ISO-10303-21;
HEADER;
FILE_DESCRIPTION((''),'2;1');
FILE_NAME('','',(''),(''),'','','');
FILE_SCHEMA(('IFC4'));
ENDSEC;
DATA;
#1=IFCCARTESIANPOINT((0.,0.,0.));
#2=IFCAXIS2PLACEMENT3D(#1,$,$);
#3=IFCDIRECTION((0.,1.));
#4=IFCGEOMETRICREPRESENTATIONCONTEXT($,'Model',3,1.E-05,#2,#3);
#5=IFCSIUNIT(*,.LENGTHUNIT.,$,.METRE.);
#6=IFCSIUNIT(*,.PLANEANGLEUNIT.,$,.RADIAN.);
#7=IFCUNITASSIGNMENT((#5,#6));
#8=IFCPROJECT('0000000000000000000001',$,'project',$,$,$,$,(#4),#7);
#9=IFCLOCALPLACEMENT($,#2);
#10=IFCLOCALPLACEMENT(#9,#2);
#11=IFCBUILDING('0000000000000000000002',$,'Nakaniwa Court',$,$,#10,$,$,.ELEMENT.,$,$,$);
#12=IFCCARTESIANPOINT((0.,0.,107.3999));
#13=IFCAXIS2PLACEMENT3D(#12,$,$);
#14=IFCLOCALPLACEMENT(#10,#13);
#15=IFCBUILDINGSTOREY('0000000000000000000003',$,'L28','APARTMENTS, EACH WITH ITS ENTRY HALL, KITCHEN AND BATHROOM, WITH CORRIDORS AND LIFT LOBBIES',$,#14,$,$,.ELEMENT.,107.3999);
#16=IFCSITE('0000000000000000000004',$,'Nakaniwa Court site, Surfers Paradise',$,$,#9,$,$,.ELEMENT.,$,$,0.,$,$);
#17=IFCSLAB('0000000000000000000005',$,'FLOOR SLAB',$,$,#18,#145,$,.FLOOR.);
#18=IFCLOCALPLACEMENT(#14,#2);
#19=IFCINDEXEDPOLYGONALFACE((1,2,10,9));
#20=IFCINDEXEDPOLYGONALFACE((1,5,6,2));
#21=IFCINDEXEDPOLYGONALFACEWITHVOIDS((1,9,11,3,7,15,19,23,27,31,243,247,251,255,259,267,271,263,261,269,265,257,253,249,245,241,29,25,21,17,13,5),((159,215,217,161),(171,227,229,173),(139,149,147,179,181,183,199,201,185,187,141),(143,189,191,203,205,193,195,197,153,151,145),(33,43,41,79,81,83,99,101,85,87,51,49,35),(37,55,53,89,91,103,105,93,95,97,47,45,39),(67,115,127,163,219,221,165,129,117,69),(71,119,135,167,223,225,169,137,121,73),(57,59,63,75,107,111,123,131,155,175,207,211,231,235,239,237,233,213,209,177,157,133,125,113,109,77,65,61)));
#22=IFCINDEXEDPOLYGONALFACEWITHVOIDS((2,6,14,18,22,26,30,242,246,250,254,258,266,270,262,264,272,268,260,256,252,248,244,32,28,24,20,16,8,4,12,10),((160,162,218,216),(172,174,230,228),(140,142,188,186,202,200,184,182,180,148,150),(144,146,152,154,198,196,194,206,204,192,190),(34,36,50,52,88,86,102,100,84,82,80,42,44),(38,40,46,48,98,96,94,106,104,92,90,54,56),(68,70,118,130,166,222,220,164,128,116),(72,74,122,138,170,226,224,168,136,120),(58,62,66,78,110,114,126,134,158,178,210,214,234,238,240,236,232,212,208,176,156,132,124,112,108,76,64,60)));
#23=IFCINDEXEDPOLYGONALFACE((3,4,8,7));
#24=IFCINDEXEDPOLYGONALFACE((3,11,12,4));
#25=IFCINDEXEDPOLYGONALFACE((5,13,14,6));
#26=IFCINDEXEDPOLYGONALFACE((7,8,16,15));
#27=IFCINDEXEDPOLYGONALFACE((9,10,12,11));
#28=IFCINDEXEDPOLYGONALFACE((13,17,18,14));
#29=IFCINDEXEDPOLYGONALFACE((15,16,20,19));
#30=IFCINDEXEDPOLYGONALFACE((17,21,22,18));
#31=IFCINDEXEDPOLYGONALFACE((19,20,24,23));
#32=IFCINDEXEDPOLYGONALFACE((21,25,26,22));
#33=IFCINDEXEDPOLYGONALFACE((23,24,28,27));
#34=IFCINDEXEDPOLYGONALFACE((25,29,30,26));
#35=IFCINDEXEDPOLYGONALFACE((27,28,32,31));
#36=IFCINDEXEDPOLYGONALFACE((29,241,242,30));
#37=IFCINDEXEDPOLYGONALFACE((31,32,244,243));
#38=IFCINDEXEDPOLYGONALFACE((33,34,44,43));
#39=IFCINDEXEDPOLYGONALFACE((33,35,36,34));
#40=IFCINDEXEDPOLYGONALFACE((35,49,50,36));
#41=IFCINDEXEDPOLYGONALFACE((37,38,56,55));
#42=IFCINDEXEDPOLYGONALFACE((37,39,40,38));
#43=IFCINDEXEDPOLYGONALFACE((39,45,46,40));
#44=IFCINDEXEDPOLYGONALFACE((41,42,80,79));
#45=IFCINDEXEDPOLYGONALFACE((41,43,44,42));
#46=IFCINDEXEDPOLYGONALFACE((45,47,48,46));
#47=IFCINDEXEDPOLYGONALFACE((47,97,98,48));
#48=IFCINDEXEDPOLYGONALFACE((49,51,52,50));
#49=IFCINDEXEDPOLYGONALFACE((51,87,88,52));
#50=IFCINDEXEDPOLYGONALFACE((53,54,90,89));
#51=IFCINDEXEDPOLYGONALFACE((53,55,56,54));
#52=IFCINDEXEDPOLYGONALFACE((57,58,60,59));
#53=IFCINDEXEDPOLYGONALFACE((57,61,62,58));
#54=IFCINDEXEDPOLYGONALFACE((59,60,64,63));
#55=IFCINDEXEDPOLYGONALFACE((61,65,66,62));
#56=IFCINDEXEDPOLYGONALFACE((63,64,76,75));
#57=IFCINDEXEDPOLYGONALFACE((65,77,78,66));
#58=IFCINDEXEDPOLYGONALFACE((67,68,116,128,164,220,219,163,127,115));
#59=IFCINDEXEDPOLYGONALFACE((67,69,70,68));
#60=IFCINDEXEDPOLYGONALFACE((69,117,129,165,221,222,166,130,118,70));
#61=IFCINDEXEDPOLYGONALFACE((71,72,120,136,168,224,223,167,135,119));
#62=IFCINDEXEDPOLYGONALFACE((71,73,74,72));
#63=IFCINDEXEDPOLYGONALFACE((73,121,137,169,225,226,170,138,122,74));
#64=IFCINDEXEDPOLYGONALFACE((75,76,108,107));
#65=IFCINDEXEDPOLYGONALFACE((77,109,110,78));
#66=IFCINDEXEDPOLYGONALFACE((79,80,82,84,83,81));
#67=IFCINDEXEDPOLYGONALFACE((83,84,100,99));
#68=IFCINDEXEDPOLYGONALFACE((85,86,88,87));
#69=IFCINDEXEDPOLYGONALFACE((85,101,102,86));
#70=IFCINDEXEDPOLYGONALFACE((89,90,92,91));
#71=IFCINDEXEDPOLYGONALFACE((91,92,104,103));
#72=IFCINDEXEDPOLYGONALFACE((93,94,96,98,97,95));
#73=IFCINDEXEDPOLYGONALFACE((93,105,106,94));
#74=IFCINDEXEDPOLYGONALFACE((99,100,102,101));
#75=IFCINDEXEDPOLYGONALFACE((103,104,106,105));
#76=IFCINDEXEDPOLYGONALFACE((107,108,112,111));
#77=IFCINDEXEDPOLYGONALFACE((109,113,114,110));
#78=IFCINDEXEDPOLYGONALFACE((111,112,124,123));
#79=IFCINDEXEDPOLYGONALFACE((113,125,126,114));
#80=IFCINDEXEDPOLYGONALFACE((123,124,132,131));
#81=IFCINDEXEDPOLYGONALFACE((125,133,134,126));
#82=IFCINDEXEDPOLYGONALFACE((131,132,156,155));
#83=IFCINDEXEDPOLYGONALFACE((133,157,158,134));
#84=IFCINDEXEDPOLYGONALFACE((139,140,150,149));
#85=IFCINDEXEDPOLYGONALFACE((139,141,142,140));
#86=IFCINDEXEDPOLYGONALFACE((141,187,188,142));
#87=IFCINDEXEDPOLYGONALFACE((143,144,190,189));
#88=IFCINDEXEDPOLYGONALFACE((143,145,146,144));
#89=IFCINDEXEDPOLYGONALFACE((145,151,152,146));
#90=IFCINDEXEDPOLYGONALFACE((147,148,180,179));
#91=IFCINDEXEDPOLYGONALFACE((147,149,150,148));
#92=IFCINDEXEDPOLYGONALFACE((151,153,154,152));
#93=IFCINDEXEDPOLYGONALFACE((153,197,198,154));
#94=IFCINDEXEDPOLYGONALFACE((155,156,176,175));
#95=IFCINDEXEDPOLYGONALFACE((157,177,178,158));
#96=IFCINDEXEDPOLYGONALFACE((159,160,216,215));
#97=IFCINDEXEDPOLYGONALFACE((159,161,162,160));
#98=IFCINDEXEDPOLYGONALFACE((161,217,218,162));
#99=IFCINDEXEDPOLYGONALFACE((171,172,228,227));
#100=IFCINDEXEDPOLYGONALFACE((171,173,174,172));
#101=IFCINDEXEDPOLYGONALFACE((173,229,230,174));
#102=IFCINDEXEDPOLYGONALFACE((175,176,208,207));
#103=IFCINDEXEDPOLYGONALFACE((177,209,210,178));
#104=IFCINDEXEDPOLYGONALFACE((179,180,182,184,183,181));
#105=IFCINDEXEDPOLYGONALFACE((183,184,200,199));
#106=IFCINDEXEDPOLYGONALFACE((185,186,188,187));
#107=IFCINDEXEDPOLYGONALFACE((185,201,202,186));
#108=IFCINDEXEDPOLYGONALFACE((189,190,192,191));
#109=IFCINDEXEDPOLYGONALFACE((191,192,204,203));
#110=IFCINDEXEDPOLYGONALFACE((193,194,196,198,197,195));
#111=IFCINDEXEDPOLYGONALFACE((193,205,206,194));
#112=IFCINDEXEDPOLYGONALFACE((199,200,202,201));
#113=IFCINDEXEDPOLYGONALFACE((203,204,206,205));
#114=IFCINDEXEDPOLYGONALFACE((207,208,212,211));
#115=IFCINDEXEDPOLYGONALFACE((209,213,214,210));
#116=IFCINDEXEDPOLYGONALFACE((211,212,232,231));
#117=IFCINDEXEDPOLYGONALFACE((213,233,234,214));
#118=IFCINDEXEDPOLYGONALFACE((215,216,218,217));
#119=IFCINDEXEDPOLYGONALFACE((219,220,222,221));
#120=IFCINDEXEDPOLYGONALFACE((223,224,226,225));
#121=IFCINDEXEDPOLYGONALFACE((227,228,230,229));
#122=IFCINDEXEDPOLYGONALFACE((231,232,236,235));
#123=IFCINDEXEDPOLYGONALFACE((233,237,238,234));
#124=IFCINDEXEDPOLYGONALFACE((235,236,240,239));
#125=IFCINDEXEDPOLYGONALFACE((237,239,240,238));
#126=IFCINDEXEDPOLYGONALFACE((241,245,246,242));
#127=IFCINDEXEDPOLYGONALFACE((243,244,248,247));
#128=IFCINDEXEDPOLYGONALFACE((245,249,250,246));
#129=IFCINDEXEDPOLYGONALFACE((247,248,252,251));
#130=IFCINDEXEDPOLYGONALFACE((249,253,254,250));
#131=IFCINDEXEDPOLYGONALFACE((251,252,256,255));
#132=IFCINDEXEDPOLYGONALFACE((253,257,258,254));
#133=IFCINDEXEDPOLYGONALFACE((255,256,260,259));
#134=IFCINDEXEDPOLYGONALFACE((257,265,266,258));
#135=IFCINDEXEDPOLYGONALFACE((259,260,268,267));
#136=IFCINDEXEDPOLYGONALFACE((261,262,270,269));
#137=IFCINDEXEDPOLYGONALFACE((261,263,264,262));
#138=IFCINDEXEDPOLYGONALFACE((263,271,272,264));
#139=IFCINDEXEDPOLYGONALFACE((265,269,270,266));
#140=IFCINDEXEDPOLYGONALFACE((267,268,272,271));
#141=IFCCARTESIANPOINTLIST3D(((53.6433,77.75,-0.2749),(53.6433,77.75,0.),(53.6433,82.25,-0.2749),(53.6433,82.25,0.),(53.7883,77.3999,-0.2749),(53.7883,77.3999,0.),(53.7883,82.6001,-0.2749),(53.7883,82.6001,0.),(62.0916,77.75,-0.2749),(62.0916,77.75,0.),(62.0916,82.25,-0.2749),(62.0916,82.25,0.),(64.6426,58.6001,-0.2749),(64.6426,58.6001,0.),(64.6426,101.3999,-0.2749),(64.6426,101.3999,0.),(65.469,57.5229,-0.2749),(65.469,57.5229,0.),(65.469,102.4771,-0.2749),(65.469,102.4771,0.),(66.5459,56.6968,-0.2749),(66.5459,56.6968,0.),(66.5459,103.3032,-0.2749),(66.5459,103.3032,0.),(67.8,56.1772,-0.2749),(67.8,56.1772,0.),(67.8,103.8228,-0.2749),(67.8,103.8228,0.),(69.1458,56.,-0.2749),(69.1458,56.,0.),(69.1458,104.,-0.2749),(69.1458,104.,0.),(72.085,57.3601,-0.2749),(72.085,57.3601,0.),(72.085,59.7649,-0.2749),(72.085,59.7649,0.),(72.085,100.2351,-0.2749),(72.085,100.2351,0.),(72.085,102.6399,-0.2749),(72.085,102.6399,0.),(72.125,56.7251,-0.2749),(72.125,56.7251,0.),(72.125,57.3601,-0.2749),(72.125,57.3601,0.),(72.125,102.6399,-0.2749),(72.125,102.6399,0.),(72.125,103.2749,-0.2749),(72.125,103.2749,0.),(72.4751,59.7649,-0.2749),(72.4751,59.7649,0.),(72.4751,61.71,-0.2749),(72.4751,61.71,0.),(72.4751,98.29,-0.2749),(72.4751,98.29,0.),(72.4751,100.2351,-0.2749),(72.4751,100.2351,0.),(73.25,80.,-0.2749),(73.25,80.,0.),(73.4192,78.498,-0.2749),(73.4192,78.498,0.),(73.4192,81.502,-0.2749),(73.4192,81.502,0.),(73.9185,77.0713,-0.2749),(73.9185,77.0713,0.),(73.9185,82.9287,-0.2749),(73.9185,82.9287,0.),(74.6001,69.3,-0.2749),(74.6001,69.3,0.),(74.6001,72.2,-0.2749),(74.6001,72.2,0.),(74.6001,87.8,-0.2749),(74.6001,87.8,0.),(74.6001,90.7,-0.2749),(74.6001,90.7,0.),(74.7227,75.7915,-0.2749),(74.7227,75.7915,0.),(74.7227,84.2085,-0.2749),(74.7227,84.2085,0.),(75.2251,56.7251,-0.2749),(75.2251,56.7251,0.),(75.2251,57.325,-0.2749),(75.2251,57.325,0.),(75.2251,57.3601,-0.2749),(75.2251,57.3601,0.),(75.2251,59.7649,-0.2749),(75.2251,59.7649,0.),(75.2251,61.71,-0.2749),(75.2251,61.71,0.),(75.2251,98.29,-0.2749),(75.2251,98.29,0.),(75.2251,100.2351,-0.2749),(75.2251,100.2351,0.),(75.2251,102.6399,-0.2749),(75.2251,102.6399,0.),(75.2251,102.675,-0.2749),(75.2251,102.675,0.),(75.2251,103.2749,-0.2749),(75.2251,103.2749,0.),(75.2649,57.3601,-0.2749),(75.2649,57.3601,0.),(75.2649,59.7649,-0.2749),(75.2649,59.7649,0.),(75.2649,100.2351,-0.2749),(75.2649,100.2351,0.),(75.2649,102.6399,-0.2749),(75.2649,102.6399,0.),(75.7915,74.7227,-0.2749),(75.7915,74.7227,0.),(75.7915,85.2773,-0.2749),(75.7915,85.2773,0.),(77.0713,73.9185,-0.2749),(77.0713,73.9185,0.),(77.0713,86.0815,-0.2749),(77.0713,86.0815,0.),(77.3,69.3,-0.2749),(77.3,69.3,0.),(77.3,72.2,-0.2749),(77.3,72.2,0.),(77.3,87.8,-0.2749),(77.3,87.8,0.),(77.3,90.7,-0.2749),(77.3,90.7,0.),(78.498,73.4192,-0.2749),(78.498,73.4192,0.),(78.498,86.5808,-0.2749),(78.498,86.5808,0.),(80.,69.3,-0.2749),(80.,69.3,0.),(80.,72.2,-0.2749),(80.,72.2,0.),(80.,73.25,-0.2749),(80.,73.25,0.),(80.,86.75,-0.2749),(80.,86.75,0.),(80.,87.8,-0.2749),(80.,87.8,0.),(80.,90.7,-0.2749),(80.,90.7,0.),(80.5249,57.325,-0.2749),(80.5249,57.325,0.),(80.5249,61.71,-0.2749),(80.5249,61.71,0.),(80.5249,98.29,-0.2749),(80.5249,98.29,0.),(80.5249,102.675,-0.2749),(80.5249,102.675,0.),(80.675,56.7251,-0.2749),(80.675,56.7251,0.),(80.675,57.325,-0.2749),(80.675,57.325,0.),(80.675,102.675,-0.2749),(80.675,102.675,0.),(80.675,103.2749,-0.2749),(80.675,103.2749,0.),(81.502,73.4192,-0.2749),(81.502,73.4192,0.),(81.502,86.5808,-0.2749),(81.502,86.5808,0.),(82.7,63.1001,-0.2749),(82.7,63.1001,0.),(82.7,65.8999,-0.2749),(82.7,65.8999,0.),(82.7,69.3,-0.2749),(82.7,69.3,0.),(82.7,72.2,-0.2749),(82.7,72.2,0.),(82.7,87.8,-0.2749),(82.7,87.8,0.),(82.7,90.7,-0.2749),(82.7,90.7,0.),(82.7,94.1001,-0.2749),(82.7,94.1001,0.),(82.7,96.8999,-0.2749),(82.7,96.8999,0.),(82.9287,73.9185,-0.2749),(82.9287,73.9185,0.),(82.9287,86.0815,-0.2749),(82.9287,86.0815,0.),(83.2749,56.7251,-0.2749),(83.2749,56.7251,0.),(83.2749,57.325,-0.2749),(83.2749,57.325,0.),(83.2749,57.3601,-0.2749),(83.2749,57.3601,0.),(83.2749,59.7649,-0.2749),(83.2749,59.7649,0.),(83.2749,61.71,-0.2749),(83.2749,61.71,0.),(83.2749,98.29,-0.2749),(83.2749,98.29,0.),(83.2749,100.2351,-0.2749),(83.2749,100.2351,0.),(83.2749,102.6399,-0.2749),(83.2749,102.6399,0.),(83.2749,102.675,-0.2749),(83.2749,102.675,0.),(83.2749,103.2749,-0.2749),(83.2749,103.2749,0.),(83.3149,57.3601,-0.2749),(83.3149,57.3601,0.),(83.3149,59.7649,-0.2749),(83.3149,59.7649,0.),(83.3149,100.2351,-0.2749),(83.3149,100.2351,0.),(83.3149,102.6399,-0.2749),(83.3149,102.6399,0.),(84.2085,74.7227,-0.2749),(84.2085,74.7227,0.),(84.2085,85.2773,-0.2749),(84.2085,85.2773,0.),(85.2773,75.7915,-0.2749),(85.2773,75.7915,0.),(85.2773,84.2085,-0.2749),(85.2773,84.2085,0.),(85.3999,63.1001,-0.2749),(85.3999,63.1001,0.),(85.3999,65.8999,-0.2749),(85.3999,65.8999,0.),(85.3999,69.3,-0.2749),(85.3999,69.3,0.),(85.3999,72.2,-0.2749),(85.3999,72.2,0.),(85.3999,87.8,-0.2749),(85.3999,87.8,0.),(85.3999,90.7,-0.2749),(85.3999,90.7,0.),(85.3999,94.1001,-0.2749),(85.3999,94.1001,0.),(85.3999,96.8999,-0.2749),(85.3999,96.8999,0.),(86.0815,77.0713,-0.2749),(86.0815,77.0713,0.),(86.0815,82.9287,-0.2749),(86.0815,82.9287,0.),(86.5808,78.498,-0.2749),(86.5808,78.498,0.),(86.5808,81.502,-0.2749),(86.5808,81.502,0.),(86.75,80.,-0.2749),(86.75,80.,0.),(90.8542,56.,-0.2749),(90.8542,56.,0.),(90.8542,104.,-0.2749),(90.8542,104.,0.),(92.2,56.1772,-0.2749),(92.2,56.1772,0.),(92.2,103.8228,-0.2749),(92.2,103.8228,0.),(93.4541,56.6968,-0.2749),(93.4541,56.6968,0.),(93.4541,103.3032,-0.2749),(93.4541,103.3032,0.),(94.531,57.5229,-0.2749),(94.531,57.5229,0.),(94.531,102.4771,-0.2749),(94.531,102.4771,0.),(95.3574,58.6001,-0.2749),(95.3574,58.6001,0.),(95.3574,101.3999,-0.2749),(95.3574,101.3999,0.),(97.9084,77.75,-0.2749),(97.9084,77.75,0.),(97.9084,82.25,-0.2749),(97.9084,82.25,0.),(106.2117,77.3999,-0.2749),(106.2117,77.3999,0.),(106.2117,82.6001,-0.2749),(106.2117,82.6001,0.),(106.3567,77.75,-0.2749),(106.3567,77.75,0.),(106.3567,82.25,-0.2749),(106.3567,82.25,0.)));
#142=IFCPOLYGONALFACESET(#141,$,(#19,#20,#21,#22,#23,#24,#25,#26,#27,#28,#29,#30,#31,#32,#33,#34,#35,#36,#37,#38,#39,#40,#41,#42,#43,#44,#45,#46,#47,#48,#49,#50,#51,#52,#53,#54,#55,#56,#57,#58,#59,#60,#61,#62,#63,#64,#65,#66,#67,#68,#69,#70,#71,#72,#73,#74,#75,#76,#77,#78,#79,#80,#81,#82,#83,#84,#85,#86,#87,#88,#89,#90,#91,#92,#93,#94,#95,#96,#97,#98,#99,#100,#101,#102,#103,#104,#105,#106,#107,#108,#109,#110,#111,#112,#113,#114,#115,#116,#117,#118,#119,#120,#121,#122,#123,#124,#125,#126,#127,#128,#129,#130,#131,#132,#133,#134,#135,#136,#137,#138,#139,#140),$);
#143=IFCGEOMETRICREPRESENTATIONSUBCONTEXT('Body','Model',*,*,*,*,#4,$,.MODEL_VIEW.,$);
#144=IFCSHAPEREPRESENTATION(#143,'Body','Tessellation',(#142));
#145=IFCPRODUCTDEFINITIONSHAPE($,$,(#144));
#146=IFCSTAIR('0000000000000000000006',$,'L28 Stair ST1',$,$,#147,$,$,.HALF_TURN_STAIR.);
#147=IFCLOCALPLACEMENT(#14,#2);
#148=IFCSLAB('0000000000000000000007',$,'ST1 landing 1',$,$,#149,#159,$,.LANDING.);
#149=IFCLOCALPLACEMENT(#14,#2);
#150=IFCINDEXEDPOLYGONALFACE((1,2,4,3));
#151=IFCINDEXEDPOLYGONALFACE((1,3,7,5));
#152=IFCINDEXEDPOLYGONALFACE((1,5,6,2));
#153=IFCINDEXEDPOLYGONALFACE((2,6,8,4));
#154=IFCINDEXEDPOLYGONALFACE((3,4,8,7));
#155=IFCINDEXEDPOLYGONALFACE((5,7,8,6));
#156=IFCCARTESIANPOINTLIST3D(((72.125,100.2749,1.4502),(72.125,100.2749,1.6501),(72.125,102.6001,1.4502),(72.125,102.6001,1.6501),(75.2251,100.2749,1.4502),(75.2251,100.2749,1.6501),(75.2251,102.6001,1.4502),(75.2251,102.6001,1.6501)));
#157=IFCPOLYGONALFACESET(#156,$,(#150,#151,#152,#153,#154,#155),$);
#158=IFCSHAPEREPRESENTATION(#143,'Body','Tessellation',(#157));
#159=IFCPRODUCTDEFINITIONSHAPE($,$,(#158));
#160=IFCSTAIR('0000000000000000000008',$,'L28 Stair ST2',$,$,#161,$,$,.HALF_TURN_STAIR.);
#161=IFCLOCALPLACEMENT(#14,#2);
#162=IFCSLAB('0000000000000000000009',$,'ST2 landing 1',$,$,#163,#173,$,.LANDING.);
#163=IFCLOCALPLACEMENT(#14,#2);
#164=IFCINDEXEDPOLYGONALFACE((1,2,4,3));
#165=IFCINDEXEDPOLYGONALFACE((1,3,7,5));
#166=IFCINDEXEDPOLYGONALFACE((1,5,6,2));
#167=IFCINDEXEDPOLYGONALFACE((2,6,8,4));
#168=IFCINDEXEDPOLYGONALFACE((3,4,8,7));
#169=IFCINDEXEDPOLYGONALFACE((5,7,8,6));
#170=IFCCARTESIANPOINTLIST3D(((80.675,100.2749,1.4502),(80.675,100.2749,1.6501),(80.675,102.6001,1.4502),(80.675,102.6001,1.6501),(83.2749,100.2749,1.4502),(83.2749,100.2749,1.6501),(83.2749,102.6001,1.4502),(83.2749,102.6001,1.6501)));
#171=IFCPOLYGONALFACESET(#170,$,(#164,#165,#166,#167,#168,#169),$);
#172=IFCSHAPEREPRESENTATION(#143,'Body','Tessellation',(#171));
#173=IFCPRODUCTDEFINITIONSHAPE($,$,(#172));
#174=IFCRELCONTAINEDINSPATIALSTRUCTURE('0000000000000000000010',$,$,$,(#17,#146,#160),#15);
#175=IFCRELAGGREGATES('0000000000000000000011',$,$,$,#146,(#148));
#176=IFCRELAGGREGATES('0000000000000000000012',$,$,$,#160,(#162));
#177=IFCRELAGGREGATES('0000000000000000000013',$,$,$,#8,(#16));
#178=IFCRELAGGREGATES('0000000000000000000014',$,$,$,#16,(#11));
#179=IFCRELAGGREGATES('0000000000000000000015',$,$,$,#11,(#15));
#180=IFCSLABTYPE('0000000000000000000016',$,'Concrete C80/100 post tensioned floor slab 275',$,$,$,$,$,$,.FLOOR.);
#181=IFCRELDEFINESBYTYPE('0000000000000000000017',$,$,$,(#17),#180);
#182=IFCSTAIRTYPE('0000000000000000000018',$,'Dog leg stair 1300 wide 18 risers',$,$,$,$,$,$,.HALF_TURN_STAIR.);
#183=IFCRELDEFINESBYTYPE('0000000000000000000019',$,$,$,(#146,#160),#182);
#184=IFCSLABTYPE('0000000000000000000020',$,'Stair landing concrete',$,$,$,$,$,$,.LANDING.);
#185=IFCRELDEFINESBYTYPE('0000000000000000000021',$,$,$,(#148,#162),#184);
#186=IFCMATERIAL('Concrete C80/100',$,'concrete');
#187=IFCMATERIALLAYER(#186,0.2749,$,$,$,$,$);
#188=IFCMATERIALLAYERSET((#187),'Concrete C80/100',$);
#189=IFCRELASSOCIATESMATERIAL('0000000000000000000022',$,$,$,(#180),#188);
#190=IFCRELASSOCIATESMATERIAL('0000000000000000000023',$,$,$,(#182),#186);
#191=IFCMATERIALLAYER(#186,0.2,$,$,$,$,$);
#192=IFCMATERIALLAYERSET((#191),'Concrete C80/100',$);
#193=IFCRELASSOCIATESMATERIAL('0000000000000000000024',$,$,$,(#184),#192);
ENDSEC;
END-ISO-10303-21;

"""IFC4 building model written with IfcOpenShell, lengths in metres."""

from ifc_helpers import new_model, si_unit, direction, frame, origin, place, context, subcontext, project, spatial, polyline, outline, extrude, material, layer, layer_set, type_object, element, aggregate, save


model = new_model("IFC4")

# Units and contexts
model_context = context("Model", 3, precision=1e-05, world=origin(), true_north=direction((0.0, 1.0)))
body_context = subcontext(model_context, "Body", "Model", "MODEL_VIEW")
ifc_project = project(units=[si_unit("LENGTHUNIT", "METRE"), si_unit("PLANEANGLEUNIT", "RADIAN")], contexts=[model_context])

# Site, building, storey
site_placement = place(None, origin())
site = spatial("IfcSite", under=ifc_project, at=site_placement, Name="Nakaniwa Court site, Surfers Paradise", CompositionType="ELEMENT", RefElevation=0.0)
building_placement = place(site_placement, origin())
building = spatial("IfcBuilding", under=site, at=building_placement, Name="Nakaniwa Court", CompositionType="ELEMENT")
storey_placement = place(building_placement, frame((0.0, 0.0, 107.3999)))
storey = spatial("IfcBuildingStorey", under=building, at=storey_placement, Name="L28", Description="APARTMENTS, EACH WITH ITS ENTRY HALL, KITCHEN AND BATHROOM, WITH CORRIDORS AND LIFT LOBBIES", CompositionType="ELEMENT", Elevation=107.3999)

# Shared definitions
ifc_material_1 = material(Name="Concrete C80/100", Category="concrete")

# Slab
ifc_layer_1 = layer(ifc_material_1, 0.2749)
ifc_layer_set_1 = layer_set([ifc_layer_1], Name="Concrete C80/100")
slab_type_1 = type_object("IfcSlabType", Name="Concrete C80/100 post tensioned floor slab 275", PredefinedType="FLOOR", material=ifc_layer_set_1)
slab_1_placement = place(storey_placement, frame((0.0, 0.0, -0.2749)))
element("IfcSlab", 1, at=slab_1_placement, inside=storey, type_object=slab_type_1, Name="FLOOR SLAB", PredefinedType="FLOOR", context=body_context, shape_type="SweptSolid", body=[
    extrude(outline(polyline([(97.9084, 82.25), (106.3567, 82.25), (106.2117, 82.6001), (95.3574, 101.3999), (94.531, 102.4771), (93.4541, 103.3032), (92.2, 103.8228), (90.8542, 104.0), (69.1458, 104.0), (67.8, 103.8228), (66.5459, 103.3032), (65.469, 102.4771), (64.6426, 101.3999), (53.7883, 82.6001), (53.6433, 82.25), (62.0916, 82.25), (62.0916, 77.75), (53.6433, 77.75), (53.7883, 77.3999), (64.6426, 58.6001), (65.469, 57.5229), (66.5459, 56.6968), (67.8, 56.1772), (69.1458, 56.0), (90.8542, 56.0), (92.2, 56.1772), (93.4541, 56.6968), (94.531, 57.5229), (95.3574, 58.6001), (106.2117, 77.3999), (106.3567, 77.75), (97.9084, 77.75), (97.9084, 82.25)]), holes=[polyline([(81.502, 86.5808), (80.0, 86.75), (78.498, 86.5808), (77.0713, 86.0815), (75.7915, 85.2773), (74.7227, 84.2085), (73.9185, 82.9287), (73.4192, 81.502), (73.25, 80.0), (73.4192, 78.498), (73.9185, 77.0713), (74.7227, 75.7915), (75.7915, 74.7227), (77.0713, 73.9185), (78.498, 73.4192), (80.0, 73.25), (81.502, 73.4192), (82.9287, 73.9185), (84.2085, 74.7227), (85.2773, 75.7915), (86.0815, 77.0713), (86.5808, 78.498), (86.75, 80.0), (86.5808, 81.502), (86.0815, 82.9287), (85.2773, 84.2085), (84.2085, 85.2773), (82.9287, 86.0815), (81.502, 86.5808)]), polyline([(75.2649, 57.3601), (75.2649, 59.7649), (75.2251, 59.7649), (75.2251, 61.71), (72.4751, 61.71), (72.4751, 59.7649), (72.085, 59.7649), (72.085, 57.3601), (72.125, 57.3601), (72.125, 56.7251), (75.2251, 56.7251), (75.2251, 57.325), (75.2251, 57.3601), (75.2649, 57.3601)]), polyline([(80.0, 69.3), (82.7, 69.3), (85.3999, 69.3), (85.3999, 72.2), (82.7, 72.2), (80.0, 72.2), (77.3, 72.2), (74.6001, 72.2), (74.6001, 69.3), (77.3, 69.3), (80.0, 69.3)]), polyline([(80.0, 87.8), (82.7, 87.8), (85.3999, 87.8), (85.3999, 90.7), (82.7, 90.7), (80.0, 90.7), (77.3, 90.7), (74.6001, 90.7), (74.6001, 87.8), (77.3, 87.8), (80.0, 87.8)]), polyline([(75.2649, 100.2351), (75.2649, 102.6399), (75.2251, 102.6399), (75.2251, 102.675), (75.2251, 103.2749), (72.125, 103.2749), (72.125, 102.6399), (72.085, 102.6399), (72.085, 100.2351), (72.4751, 100.2351), (72.4751, 98.29), (75.2251, 98.29), (75.2251, 100.2351), (75.2649, 100.2351)]), polyline([(83.2749, 61.71), (80.5249, 61.71), (80.5249, 57.325), (80.675, 57.325), (80.675, 56.7251), (83.2749, 56.7251), (83.2749, 57.325), (83.2749, 57.3601), (83.3149, 57.3601), (83.3149, 59.7649), (83.2749, 59.7649), (83.2749, 61.71)]), polyline([(85.3999, 65.8999), (82.7, 65.8999), (82.7, 63.1001), (85.3999, 63.1001), (85.3999, 65.8999)]), polyline([(85.3999, 96.8999), (82.7, 96.8999), (82.7, 94.1001), (85.3999, 94.1001), (85.3999, 96.8999)]), polyline([(83.2749, 100.2351), (83.3149, 100.2351), (83.3149, 102.6399), (83.2749, 102.6399), (83.2749, 102.675), (83.2749, 103.2749), (80.675, 103.2749), (80.675, 102.675), (80.5249, 102.675), (80.5249, 98.29), (83.2749, 98.29), (83.2749, 100.2351)])]), origin(), (0.0, 0.0, 1.0), 0.2749),
])

# Stairs, slabs
stair_type = type_object("IfcStairType", Name="Dog leg stair 1300 wide 18 risers", PredefinedType="HALF_TURN_STAIR", material=ifc_material_1)
stair_1_placement = place(storey_placement, origin())
stair_1 = element("IfcStair", 2, at=stair_1_placement, inside=storey, type_object=stair_type, Name="L28 Stair ST1", PredefinedType="HALF_TURN_STAIR")
ifc_layer_2 = layer(ifc_material_1, 0.2)
ifc_layer_set_2 = layer_set([ifc_layer_2], Name="Concrete C80/100")
slab_type_2 = type_object("IfcSlabType", Name="Stair landing concrete", PredefinedType="LANDING", material=ifc_layer_set_2)
slab_2_placement = place(storey_placement, frame((0.0, 0.0, 1.4502)))
slab_2 = element("IfcSlab", 3, at=slab_2_placement, type_object=slab_type_2, Name="ST1 landing 1", PredefinedType="LANDING", context=body_context, shape_type="SweptSolid", body=[
    extrude(outline(polyline([(75.2251, 100.2749), (75.2251, 102.6001), (72.125, 102.6001), (72.125, 100.2749), (75.2251, 100.2749)])), origin(), (0.0, 0.0, 1.0), 0.2),
])
aggregate(stair_1, [slab_2])
stair_2_placement = place(storey_placement, origin())
stair_2 = element("IfcStair", 4, at=stair_2_placement, inside=storey, type_object=stair_type, Name="L28 Stair ST2", PredefinedType="HALF_TURN_STAIR")
slab_3_placement = place(storey_placement, frame((0.0, 0.0, 1.4502)))
slab_3 = element("IfcSlab", 5, at=slab_3_placement, type_object=slab_type_2, Name="ST2 landing 1", PredefinedType="LANDING", context=body_context, shape_type="SweptSolid", body=[
    extrude(outline(polyline([(83.2749, 100.2749), (83.2749, 102.6001), (80.675, 102.6001), (80.675, 100.2749), (83.2749, 100.2749)])), origin(), (0.0, 0.0, 1.0), 0.2),
])
aggregate(stair_2, [slab_3])

save(model, "model.ifc")
